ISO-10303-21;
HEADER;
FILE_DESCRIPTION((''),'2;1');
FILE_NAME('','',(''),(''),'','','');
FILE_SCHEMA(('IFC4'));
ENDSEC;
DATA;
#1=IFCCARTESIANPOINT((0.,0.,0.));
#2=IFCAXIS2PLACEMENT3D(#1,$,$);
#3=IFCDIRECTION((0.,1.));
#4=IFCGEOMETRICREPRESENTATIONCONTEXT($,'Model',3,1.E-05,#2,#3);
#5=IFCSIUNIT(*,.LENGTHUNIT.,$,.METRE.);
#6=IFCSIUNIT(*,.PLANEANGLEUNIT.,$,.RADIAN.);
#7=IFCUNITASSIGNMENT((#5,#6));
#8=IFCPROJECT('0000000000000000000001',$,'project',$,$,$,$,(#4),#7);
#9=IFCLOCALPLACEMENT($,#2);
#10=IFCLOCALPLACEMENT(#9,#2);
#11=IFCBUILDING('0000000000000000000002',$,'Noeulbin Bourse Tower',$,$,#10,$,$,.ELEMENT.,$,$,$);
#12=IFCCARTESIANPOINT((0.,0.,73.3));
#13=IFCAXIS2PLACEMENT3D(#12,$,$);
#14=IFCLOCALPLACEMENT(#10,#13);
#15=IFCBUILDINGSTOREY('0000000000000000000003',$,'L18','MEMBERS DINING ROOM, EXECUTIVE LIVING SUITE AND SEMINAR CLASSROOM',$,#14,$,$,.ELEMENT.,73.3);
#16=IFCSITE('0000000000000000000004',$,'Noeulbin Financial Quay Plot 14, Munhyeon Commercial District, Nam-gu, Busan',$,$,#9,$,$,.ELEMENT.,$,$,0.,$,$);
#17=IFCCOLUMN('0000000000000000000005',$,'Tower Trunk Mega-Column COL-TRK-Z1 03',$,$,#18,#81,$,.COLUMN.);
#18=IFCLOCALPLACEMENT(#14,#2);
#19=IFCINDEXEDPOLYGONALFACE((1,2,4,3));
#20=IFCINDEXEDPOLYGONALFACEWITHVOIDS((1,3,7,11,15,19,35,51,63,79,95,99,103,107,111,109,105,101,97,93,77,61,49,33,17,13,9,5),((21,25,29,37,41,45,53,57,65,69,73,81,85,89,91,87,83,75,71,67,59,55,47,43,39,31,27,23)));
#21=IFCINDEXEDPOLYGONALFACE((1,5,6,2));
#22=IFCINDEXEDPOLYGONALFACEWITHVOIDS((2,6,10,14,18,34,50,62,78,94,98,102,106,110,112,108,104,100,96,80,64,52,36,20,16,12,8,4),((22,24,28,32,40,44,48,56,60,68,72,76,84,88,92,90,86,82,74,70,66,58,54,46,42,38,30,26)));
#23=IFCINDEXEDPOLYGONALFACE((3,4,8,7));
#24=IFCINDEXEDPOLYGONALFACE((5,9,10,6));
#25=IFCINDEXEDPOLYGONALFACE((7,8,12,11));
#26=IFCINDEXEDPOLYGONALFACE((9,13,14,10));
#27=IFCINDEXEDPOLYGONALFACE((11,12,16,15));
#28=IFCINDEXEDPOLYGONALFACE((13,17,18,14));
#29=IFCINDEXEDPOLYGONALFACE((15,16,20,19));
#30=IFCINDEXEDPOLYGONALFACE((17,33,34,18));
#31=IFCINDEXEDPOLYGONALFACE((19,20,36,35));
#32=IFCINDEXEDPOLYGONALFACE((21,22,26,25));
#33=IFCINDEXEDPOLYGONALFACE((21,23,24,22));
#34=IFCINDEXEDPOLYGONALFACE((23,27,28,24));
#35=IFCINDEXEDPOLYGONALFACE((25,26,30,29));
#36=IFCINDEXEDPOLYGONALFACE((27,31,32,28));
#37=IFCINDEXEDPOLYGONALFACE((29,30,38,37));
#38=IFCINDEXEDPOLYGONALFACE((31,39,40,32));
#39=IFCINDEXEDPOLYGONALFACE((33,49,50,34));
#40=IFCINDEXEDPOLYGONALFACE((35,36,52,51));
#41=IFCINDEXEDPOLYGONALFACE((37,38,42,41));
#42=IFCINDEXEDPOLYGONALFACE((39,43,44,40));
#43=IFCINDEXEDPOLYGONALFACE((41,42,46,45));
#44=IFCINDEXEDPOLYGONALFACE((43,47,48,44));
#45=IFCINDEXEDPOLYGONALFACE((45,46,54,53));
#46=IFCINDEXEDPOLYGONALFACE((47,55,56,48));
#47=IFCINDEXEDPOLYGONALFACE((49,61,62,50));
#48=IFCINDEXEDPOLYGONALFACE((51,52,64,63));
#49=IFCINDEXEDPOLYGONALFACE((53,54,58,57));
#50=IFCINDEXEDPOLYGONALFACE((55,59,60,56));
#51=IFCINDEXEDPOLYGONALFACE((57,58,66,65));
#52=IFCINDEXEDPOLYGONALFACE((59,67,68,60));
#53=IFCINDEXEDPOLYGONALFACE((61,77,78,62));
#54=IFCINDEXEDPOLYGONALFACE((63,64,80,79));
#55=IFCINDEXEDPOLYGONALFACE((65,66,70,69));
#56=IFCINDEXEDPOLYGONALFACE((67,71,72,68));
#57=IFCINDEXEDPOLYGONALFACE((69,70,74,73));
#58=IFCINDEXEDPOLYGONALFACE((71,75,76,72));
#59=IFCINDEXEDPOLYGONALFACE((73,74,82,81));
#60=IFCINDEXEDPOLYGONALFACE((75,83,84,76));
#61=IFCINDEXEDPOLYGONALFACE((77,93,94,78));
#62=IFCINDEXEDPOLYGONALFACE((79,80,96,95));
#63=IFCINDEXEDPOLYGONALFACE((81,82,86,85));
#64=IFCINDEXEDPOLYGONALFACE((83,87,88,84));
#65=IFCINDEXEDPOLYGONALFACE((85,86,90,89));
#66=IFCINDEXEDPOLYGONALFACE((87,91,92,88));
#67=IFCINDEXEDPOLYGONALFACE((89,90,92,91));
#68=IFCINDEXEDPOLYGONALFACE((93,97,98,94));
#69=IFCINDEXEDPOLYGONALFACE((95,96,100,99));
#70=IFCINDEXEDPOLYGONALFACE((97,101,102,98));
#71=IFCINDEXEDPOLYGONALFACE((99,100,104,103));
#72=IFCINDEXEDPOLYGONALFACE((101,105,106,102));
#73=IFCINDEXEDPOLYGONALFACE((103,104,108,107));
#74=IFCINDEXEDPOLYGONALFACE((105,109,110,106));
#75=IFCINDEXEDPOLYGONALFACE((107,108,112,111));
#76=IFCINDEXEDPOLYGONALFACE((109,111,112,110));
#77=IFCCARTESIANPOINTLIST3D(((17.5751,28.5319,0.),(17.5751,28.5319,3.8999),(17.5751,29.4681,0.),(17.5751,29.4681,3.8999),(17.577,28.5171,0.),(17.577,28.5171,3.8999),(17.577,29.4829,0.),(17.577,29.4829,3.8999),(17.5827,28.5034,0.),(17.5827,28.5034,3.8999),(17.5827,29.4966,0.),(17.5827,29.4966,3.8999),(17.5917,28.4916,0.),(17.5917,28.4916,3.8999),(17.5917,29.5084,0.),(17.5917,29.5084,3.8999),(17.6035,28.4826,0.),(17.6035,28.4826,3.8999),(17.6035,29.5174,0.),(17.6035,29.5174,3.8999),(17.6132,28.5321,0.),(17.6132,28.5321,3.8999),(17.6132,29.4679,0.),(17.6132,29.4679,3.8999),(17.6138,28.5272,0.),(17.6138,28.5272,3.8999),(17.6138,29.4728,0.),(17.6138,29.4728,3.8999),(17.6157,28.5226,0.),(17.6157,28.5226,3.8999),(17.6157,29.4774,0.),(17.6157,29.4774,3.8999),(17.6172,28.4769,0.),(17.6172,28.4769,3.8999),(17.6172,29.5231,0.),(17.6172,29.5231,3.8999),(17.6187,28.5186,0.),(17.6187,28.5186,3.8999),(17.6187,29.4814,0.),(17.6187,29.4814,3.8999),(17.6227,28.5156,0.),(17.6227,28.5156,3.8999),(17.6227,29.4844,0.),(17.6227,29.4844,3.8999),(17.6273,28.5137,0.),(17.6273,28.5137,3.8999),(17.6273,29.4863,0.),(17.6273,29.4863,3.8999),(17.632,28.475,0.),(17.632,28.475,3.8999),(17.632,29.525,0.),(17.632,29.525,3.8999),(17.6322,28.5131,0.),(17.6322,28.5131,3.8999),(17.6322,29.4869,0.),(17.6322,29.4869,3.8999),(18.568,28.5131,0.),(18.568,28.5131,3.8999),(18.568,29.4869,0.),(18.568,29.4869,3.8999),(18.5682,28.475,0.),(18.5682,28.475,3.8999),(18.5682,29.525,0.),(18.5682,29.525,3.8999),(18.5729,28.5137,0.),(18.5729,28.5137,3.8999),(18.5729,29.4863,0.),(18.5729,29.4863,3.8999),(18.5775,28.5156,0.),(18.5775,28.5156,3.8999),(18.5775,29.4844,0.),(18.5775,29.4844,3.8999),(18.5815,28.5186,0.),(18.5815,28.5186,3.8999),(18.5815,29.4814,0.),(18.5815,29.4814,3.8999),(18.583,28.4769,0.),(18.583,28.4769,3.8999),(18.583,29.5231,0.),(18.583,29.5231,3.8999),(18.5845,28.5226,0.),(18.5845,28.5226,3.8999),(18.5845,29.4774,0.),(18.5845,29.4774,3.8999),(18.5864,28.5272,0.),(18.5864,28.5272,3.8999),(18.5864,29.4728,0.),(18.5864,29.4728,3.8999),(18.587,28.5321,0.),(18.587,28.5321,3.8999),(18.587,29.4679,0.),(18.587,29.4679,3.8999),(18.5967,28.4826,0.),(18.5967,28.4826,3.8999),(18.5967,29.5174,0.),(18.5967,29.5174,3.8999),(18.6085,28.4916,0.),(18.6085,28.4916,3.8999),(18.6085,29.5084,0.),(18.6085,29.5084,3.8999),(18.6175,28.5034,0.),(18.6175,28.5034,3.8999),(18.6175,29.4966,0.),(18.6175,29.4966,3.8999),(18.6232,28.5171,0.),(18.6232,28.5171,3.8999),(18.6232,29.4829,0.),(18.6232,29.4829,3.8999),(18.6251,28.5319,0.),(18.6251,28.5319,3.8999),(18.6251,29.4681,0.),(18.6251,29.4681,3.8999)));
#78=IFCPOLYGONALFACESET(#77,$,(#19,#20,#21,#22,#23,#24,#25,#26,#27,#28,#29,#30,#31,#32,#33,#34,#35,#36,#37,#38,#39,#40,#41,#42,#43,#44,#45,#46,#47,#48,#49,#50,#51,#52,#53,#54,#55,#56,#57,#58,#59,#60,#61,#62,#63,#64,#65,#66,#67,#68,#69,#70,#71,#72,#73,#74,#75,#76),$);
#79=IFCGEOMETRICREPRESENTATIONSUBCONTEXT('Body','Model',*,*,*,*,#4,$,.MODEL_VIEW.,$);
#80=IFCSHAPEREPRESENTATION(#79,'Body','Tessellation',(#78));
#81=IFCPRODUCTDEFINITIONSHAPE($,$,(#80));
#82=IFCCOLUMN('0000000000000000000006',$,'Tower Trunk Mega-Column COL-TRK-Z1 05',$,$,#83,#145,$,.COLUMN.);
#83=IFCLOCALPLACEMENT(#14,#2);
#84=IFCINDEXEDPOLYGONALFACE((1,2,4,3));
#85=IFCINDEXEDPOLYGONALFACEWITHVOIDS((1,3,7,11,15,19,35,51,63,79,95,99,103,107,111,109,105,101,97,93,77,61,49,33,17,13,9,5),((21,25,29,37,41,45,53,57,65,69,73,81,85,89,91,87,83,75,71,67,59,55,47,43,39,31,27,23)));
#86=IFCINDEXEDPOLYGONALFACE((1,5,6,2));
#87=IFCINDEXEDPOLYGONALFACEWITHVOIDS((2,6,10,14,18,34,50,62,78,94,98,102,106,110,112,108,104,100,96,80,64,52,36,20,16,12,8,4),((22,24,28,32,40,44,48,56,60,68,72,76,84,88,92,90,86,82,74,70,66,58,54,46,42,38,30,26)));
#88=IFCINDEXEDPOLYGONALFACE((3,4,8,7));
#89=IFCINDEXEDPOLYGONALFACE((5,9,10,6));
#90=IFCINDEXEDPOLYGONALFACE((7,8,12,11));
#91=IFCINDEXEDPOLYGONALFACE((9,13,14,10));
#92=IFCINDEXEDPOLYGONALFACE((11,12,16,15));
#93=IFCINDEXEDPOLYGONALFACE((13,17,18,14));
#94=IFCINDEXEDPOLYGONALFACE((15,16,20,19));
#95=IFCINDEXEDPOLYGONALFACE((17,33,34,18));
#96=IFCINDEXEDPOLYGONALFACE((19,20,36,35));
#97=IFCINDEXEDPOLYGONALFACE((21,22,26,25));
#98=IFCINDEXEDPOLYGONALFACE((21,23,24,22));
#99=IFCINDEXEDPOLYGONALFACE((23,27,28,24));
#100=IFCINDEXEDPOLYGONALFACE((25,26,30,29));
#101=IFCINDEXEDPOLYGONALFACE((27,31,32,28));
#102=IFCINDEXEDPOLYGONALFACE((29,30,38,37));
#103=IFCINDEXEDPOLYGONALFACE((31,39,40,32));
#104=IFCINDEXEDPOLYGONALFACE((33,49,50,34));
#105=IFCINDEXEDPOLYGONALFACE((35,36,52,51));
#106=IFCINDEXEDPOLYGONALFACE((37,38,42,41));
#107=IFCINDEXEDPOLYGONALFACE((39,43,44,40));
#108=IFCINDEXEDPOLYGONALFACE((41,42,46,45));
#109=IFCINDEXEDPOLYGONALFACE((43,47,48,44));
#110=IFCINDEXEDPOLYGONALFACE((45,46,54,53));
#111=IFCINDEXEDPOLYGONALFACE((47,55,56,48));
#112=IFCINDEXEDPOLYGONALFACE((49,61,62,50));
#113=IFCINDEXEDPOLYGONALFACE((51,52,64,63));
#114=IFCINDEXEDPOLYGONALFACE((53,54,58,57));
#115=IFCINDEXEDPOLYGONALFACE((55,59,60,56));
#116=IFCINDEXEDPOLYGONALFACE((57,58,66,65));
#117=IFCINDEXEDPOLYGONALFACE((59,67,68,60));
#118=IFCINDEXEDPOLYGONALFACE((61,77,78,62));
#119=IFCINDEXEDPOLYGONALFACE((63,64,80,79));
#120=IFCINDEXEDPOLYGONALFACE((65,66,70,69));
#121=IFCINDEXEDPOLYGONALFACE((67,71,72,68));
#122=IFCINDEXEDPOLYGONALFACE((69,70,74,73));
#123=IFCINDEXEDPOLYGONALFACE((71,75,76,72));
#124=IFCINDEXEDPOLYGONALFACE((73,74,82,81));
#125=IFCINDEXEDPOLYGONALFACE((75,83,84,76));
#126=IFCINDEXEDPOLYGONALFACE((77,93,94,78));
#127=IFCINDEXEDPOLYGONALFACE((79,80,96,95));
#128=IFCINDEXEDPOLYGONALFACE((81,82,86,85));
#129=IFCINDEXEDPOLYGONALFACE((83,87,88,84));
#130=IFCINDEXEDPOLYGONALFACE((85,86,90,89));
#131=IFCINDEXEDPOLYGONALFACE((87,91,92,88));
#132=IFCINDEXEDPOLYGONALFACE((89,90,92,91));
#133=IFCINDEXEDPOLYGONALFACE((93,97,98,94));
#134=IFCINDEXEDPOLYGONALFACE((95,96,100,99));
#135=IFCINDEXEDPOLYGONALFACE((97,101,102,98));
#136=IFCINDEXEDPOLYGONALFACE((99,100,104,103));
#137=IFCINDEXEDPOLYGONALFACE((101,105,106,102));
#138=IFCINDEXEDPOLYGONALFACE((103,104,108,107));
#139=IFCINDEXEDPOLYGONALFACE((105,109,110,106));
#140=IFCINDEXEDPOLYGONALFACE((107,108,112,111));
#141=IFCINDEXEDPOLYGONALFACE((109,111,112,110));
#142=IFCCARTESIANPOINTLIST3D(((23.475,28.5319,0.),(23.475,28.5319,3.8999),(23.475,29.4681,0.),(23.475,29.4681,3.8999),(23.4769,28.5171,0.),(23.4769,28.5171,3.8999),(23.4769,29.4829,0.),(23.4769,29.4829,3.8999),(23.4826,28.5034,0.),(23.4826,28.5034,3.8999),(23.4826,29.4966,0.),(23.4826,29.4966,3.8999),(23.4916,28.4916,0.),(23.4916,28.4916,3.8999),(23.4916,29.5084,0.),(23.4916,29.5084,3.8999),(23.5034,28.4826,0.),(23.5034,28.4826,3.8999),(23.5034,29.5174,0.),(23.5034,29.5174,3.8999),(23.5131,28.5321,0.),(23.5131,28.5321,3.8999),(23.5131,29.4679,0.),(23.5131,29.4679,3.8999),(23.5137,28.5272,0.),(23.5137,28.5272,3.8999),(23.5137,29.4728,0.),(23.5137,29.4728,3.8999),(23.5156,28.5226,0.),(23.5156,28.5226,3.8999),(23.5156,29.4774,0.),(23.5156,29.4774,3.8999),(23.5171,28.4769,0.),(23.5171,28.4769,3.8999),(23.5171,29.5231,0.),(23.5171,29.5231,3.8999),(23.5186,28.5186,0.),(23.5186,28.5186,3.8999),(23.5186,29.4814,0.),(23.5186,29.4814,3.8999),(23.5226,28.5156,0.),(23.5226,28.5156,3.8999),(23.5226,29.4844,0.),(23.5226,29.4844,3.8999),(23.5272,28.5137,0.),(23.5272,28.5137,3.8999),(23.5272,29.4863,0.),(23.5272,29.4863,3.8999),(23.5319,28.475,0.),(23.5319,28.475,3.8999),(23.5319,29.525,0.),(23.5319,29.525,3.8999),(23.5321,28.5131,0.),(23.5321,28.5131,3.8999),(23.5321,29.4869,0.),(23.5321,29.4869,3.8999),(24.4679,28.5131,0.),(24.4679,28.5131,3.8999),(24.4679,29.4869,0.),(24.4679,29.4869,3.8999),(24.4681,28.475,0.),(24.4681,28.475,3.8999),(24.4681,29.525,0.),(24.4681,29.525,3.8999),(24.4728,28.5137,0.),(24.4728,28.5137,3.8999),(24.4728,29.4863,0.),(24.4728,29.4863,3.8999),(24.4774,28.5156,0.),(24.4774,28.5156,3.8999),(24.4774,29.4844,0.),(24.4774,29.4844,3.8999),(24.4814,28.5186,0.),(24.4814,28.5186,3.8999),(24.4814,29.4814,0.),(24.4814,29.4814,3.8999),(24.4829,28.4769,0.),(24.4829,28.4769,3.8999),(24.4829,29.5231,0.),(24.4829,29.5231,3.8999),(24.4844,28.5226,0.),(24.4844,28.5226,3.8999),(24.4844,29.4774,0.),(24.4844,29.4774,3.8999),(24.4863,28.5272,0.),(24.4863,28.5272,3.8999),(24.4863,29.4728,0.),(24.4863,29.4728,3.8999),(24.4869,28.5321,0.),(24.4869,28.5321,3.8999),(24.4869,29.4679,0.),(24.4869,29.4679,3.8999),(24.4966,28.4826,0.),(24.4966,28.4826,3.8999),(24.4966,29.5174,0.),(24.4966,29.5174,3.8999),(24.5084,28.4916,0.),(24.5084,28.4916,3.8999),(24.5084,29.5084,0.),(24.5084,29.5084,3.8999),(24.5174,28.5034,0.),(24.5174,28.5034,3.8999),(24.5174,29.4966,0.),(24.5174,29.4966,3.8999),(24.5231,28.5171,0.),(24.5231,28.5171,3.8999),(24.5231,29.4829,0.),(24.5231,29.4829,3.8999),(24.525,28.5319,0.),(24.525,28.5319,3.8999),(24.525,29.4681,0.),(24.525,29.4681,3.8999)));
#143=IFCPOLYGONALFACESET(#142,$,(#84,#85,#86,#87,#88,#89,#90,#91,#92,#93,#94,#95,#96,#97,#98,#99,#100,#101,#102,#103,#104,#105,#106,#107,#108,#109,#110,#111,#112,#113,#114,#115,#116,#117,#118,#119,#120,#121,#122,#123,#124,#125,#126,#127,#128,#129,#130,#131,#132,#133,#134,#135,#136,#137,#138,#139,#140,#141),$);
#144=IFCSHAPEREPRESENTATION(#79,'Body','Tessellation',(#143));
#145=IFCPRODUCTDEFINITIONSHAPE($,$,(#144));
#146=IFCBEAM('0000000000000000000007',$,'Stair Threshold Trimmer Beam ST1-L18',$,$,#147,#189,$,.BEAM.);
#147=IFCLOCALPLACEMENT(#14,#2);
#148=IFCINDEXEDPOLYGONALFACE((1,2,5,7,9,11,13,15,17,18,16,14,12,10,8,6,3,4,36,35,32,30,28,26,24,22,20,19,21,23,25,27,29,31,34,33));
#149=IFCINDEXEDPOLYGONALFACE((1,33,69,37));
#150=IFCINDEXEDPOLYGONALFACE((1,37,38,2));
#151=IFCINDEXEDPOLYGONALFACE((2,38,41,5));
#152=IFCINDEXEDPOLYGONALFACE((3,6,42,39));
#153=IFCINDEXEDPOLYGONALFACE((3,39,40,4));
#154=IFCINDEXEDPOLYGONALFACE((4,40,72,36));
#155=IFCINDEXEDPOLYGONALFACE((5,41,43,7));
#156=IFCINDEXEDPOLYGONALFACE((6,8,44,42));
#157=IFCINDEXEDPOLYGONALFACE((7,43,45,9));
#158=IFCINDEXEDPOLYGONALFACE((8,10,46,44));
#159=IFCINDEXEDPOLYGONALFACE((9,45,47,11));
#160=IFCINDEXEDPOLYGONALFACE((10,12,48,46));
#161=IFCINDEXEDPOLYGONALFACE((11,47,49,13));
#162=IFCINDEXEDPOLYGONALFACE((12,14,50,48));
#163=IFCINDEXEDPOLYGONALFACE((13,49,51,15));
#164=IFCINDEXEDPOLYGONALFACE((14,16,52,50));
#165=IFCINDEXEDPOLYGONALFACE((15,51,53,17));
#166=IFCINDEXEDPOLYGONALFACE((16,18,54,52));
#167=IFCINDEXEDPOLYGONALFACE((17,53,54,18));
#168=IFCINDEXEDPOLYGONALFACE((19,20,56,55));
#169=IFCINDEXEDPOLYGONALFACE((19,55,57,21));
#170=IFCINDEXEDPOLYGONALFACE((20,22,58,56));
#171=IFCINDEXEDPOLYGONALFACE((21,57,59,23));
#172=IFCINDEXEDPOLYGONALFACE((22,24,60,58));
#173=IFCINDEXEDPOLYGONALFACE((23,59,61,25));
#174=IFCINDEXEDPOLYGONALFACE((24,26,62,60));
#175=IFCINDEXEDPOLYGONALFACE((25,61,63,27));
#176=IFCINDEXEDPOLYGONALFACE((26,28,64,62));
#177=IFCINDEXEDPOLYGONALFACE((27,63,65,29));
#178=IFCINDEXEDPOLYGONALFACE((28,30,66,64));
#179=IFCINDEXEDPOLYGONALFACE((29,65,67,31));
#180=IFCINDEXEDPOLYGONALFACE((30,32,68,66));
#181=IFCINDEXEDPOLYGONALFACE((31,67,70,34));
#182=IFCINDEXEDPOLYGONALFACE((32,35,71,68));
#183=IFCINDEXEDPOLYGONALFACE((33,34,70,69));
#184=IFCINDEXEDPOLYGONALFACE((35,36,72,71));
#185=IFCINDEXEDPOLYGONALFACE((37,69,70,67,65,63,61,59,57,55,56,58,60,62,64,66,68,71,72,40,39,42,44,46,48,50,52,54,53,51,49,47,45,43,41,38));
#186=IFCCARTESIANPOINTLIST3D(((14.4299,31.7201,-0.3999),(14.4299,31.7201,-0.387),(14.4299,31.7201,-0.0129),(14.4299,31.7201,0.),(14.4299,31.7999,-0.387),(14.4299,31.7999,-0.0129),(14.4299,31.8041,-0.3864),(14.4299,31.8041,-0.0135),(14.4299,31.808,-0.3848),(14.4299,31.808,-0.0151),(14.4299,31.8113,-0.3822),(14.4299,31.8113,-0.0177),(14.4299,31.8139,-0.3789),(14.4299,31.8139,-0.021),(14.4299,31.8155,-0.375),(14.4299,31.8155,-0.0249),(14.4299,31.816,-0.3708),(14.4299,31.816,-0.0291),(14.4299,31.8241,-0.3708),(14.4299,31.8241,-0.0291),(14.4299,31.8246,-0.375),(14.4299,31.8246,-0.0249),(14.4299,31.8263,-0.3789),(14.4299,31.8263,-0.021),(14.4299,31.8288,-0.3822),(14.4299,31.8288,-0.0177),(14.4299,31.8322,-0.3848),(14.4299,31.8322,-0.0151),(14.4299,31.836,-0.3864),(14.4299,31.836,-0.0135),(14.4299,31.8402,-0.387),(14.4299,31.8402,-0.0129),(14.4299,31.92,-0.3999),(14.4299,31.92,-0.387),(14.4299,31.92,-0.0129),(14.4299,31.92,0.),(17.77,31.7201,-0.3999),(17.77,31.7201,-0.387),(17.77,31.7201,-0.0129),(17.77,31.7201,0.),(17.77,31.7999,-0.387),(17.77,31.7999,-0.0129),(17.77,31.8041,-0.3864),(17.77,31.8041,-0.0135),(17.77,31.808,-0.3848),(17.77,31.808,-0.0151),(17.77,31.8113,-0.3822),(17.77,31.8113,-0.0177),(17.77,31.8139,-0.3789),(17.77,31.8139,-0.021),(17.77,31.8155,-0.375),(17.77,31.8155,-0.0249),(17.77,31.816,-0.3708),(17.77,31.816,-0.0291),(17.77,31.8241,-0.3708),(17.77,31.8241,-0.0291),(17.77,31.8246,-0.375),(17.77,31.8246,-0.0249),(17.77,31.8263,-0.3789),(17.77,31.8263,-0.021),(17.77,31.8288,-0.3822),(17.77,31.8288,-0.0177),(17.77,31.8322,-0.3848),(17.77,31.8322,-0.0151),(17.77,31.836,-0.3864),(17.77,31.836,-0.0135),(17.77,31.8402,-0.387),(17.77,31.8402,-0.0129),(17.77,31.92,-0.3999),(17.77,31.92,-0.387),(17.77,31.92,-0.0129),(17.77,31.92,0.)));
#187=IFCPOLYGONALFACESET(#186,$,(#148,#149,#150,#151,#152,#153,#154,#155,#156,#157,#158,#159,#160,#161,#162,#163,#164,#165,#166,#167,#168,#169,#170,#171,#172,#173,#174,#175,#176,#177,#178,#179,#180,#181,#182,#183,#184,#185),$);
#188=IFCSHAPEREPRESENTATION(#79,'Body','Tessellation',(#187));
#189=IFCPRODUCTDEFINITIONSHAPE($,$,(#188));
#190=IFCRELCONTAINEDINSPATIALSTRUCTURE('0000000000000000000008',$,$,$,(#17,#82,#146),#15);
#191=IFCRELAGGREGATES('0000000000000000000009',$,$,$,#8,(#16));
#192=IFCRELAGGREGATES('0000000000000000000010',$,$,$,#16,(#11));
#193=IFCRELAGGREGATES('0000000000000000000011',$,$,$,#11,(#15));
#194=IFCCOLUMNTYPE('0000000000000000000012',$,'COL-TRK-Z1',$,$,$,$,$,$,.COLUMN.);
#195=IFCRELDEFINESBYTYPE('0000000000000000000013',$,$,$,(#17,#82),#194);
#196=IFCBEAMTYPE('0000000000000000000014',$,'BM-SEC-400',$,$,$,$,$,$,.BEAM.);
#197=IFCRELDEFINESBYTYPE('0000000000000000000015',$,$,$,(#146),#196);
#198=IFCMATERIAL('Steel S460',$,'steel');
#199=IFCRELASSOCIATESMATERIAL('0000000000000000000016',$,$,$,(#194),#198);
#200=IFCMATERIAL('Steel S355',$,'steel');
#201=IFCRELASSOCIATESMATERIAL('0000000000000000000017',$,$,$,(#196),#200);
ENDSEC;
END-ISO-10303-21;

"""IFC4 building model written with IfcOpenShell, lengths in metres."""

from ifc_helpers import new_model, si_unit, direction, frame, origin, origin_2d, place, context, subcontext, project, spatial, hollow_rectangle, i_section, extrude, material, material_profile, profile_set, type_object, element, save


model = new_model("IFC4")

# Units and contexts
model_context = context("Model", 3, precision=1e-05, world=origin(), true_north=direction((0.0, 1.0)))
body_context = subcontext(model_context, "Body", "Model", "MODEL_VIEW")
ifc_project = project(units=[si_unit("LENGTHUNIT", "METRE"), si_unit("PLANEANGLEUNIT", "RADIAN")], contexts=[model_context])

# Site, building, storey
site_placement = place(None, origin())
site = spatial("IfcSite", under=ifc_project, at=site_placement, Name="Noeulbin Financial Quay Plot 14, Munhyeon Commercial District, Nam-gu, Busan", CompositionType="ELEMENT", RefElevation=0.0)
building_placement = place(site_placement, origin())
building = spatial("IfcBuilding", under=site, at=building_placement, Name="Noeulbin Bourse Tower", CompositionType="ELEMENT")
storey_placement = place(building_placement, frame((0.0, 0.0, 73.3)))
storey = spatial("IfcBuildingStorey", under=building, at=storey_placement, Name="L18", Description="MEMBERS DINING ROOM, EXECUTIVE LIVING SUITE AND SEMINAR CLASSROOM", CompositionType="ELEMENT", Elevation=73.3)

# Columns
ifc_material_1 = material(Name="Steel S460", Category="steel")
ifc_material_profile_1 = material_profile(ifc_material_1, hollow_rectangle(XDim=1.05, YDim=1.05, WallThickness=0.0381, InnerFilletRadius=0.019, OuterFilletRadius=0.0569, at=origin_2d()), Name="BOX-1050x1050x38", Category="LoadBearing")
ifc_profile_set_1 = profile_set([ifc_material_profile_1], Name="Steel S460")
column_type = type_object("IfcColumnType", Name="COL-TRK-Z1", PredefinedType="COLUMN", material=ifc_profile_set_1)
for number, where, z_axis, x_axis, name in (
    (1, (18.1001, 29.0, 0.0), (0.0, 0.0, 1.0), (1.0, 0.0, 0.0), "Tower Trunk Mega-Column COL-TRK-Z1 03"),
    (2, (24.0, 29.0, 0.0), (0.0, 0.0, 1.0), (1.0, 0.0, 0.0), "Tower Trunk Mega-Column COL-TRK-Z1 05"),
):
    element("IfcColumn", number, at=place(storey_placement, frame(where, z_axis=z_axis, x_axis=x_axis)), inside=storey, type_object=column_type, Name=name, PredefinedType="COLUMN", context=body_context, shape_type="SweptSolid", body=[
        extrude(hollow_rectangle(XDim=1.05, YDim=1.05, WallThickness=0.0381, InnerFilletRadius=0.019, OuterFilletRadius=0.0569, at=origin_2d()), origin(), (0.0, 0.0, 1.0), 3.8999),
    ])

# Beam
ifc_material_2 = material(Name="Steel S355", Category="steel")
ifc_material_profile_2 = material_profile(ifc_material_2, i_section(OverallWidth=0.2, OverallDepth=0.3999, WebThickness=0.0081, FlangeThickness=0.0129, FilletRadius=0.0161, at=origin_2d()), Name="H-400x200x8x13", Category="LoadBearing")
ifc_profile_set_2 = profile_set([ifc_material_profile_2], Name="Steel S355")
beam_type = type_object("IfcBeamType", Name="BM-SEC-400", PredefinedType="BEAM", material=ifc_profile_set_2)
beam_placement = place(storey_placement, frame((14.4299, 31.8201, -0.2), z_axis=(1.0, 0.0, 0.0), x_axis=(0.0, 1.0, 0.0)))
element("IfcBeam", 3, at=beam_placement, inside=storey, type_object=beam_type, Name="Stair Threshold Trimmer Beam ST1-L18", PredefinedType="BEAM", context=body_context, shape_type="SweptSolid", body=[
    extrude(i_section(OverallWidth=0.2, OverallDepth=0.3999, WebThickness=0.0081, FlangeThickness=0.0129, FilletRadius=0.0161, at=origin_2d()), origin(), (0.0, 0.0, 1.0), 3.3401),
])

save(model, "model.ifc")
